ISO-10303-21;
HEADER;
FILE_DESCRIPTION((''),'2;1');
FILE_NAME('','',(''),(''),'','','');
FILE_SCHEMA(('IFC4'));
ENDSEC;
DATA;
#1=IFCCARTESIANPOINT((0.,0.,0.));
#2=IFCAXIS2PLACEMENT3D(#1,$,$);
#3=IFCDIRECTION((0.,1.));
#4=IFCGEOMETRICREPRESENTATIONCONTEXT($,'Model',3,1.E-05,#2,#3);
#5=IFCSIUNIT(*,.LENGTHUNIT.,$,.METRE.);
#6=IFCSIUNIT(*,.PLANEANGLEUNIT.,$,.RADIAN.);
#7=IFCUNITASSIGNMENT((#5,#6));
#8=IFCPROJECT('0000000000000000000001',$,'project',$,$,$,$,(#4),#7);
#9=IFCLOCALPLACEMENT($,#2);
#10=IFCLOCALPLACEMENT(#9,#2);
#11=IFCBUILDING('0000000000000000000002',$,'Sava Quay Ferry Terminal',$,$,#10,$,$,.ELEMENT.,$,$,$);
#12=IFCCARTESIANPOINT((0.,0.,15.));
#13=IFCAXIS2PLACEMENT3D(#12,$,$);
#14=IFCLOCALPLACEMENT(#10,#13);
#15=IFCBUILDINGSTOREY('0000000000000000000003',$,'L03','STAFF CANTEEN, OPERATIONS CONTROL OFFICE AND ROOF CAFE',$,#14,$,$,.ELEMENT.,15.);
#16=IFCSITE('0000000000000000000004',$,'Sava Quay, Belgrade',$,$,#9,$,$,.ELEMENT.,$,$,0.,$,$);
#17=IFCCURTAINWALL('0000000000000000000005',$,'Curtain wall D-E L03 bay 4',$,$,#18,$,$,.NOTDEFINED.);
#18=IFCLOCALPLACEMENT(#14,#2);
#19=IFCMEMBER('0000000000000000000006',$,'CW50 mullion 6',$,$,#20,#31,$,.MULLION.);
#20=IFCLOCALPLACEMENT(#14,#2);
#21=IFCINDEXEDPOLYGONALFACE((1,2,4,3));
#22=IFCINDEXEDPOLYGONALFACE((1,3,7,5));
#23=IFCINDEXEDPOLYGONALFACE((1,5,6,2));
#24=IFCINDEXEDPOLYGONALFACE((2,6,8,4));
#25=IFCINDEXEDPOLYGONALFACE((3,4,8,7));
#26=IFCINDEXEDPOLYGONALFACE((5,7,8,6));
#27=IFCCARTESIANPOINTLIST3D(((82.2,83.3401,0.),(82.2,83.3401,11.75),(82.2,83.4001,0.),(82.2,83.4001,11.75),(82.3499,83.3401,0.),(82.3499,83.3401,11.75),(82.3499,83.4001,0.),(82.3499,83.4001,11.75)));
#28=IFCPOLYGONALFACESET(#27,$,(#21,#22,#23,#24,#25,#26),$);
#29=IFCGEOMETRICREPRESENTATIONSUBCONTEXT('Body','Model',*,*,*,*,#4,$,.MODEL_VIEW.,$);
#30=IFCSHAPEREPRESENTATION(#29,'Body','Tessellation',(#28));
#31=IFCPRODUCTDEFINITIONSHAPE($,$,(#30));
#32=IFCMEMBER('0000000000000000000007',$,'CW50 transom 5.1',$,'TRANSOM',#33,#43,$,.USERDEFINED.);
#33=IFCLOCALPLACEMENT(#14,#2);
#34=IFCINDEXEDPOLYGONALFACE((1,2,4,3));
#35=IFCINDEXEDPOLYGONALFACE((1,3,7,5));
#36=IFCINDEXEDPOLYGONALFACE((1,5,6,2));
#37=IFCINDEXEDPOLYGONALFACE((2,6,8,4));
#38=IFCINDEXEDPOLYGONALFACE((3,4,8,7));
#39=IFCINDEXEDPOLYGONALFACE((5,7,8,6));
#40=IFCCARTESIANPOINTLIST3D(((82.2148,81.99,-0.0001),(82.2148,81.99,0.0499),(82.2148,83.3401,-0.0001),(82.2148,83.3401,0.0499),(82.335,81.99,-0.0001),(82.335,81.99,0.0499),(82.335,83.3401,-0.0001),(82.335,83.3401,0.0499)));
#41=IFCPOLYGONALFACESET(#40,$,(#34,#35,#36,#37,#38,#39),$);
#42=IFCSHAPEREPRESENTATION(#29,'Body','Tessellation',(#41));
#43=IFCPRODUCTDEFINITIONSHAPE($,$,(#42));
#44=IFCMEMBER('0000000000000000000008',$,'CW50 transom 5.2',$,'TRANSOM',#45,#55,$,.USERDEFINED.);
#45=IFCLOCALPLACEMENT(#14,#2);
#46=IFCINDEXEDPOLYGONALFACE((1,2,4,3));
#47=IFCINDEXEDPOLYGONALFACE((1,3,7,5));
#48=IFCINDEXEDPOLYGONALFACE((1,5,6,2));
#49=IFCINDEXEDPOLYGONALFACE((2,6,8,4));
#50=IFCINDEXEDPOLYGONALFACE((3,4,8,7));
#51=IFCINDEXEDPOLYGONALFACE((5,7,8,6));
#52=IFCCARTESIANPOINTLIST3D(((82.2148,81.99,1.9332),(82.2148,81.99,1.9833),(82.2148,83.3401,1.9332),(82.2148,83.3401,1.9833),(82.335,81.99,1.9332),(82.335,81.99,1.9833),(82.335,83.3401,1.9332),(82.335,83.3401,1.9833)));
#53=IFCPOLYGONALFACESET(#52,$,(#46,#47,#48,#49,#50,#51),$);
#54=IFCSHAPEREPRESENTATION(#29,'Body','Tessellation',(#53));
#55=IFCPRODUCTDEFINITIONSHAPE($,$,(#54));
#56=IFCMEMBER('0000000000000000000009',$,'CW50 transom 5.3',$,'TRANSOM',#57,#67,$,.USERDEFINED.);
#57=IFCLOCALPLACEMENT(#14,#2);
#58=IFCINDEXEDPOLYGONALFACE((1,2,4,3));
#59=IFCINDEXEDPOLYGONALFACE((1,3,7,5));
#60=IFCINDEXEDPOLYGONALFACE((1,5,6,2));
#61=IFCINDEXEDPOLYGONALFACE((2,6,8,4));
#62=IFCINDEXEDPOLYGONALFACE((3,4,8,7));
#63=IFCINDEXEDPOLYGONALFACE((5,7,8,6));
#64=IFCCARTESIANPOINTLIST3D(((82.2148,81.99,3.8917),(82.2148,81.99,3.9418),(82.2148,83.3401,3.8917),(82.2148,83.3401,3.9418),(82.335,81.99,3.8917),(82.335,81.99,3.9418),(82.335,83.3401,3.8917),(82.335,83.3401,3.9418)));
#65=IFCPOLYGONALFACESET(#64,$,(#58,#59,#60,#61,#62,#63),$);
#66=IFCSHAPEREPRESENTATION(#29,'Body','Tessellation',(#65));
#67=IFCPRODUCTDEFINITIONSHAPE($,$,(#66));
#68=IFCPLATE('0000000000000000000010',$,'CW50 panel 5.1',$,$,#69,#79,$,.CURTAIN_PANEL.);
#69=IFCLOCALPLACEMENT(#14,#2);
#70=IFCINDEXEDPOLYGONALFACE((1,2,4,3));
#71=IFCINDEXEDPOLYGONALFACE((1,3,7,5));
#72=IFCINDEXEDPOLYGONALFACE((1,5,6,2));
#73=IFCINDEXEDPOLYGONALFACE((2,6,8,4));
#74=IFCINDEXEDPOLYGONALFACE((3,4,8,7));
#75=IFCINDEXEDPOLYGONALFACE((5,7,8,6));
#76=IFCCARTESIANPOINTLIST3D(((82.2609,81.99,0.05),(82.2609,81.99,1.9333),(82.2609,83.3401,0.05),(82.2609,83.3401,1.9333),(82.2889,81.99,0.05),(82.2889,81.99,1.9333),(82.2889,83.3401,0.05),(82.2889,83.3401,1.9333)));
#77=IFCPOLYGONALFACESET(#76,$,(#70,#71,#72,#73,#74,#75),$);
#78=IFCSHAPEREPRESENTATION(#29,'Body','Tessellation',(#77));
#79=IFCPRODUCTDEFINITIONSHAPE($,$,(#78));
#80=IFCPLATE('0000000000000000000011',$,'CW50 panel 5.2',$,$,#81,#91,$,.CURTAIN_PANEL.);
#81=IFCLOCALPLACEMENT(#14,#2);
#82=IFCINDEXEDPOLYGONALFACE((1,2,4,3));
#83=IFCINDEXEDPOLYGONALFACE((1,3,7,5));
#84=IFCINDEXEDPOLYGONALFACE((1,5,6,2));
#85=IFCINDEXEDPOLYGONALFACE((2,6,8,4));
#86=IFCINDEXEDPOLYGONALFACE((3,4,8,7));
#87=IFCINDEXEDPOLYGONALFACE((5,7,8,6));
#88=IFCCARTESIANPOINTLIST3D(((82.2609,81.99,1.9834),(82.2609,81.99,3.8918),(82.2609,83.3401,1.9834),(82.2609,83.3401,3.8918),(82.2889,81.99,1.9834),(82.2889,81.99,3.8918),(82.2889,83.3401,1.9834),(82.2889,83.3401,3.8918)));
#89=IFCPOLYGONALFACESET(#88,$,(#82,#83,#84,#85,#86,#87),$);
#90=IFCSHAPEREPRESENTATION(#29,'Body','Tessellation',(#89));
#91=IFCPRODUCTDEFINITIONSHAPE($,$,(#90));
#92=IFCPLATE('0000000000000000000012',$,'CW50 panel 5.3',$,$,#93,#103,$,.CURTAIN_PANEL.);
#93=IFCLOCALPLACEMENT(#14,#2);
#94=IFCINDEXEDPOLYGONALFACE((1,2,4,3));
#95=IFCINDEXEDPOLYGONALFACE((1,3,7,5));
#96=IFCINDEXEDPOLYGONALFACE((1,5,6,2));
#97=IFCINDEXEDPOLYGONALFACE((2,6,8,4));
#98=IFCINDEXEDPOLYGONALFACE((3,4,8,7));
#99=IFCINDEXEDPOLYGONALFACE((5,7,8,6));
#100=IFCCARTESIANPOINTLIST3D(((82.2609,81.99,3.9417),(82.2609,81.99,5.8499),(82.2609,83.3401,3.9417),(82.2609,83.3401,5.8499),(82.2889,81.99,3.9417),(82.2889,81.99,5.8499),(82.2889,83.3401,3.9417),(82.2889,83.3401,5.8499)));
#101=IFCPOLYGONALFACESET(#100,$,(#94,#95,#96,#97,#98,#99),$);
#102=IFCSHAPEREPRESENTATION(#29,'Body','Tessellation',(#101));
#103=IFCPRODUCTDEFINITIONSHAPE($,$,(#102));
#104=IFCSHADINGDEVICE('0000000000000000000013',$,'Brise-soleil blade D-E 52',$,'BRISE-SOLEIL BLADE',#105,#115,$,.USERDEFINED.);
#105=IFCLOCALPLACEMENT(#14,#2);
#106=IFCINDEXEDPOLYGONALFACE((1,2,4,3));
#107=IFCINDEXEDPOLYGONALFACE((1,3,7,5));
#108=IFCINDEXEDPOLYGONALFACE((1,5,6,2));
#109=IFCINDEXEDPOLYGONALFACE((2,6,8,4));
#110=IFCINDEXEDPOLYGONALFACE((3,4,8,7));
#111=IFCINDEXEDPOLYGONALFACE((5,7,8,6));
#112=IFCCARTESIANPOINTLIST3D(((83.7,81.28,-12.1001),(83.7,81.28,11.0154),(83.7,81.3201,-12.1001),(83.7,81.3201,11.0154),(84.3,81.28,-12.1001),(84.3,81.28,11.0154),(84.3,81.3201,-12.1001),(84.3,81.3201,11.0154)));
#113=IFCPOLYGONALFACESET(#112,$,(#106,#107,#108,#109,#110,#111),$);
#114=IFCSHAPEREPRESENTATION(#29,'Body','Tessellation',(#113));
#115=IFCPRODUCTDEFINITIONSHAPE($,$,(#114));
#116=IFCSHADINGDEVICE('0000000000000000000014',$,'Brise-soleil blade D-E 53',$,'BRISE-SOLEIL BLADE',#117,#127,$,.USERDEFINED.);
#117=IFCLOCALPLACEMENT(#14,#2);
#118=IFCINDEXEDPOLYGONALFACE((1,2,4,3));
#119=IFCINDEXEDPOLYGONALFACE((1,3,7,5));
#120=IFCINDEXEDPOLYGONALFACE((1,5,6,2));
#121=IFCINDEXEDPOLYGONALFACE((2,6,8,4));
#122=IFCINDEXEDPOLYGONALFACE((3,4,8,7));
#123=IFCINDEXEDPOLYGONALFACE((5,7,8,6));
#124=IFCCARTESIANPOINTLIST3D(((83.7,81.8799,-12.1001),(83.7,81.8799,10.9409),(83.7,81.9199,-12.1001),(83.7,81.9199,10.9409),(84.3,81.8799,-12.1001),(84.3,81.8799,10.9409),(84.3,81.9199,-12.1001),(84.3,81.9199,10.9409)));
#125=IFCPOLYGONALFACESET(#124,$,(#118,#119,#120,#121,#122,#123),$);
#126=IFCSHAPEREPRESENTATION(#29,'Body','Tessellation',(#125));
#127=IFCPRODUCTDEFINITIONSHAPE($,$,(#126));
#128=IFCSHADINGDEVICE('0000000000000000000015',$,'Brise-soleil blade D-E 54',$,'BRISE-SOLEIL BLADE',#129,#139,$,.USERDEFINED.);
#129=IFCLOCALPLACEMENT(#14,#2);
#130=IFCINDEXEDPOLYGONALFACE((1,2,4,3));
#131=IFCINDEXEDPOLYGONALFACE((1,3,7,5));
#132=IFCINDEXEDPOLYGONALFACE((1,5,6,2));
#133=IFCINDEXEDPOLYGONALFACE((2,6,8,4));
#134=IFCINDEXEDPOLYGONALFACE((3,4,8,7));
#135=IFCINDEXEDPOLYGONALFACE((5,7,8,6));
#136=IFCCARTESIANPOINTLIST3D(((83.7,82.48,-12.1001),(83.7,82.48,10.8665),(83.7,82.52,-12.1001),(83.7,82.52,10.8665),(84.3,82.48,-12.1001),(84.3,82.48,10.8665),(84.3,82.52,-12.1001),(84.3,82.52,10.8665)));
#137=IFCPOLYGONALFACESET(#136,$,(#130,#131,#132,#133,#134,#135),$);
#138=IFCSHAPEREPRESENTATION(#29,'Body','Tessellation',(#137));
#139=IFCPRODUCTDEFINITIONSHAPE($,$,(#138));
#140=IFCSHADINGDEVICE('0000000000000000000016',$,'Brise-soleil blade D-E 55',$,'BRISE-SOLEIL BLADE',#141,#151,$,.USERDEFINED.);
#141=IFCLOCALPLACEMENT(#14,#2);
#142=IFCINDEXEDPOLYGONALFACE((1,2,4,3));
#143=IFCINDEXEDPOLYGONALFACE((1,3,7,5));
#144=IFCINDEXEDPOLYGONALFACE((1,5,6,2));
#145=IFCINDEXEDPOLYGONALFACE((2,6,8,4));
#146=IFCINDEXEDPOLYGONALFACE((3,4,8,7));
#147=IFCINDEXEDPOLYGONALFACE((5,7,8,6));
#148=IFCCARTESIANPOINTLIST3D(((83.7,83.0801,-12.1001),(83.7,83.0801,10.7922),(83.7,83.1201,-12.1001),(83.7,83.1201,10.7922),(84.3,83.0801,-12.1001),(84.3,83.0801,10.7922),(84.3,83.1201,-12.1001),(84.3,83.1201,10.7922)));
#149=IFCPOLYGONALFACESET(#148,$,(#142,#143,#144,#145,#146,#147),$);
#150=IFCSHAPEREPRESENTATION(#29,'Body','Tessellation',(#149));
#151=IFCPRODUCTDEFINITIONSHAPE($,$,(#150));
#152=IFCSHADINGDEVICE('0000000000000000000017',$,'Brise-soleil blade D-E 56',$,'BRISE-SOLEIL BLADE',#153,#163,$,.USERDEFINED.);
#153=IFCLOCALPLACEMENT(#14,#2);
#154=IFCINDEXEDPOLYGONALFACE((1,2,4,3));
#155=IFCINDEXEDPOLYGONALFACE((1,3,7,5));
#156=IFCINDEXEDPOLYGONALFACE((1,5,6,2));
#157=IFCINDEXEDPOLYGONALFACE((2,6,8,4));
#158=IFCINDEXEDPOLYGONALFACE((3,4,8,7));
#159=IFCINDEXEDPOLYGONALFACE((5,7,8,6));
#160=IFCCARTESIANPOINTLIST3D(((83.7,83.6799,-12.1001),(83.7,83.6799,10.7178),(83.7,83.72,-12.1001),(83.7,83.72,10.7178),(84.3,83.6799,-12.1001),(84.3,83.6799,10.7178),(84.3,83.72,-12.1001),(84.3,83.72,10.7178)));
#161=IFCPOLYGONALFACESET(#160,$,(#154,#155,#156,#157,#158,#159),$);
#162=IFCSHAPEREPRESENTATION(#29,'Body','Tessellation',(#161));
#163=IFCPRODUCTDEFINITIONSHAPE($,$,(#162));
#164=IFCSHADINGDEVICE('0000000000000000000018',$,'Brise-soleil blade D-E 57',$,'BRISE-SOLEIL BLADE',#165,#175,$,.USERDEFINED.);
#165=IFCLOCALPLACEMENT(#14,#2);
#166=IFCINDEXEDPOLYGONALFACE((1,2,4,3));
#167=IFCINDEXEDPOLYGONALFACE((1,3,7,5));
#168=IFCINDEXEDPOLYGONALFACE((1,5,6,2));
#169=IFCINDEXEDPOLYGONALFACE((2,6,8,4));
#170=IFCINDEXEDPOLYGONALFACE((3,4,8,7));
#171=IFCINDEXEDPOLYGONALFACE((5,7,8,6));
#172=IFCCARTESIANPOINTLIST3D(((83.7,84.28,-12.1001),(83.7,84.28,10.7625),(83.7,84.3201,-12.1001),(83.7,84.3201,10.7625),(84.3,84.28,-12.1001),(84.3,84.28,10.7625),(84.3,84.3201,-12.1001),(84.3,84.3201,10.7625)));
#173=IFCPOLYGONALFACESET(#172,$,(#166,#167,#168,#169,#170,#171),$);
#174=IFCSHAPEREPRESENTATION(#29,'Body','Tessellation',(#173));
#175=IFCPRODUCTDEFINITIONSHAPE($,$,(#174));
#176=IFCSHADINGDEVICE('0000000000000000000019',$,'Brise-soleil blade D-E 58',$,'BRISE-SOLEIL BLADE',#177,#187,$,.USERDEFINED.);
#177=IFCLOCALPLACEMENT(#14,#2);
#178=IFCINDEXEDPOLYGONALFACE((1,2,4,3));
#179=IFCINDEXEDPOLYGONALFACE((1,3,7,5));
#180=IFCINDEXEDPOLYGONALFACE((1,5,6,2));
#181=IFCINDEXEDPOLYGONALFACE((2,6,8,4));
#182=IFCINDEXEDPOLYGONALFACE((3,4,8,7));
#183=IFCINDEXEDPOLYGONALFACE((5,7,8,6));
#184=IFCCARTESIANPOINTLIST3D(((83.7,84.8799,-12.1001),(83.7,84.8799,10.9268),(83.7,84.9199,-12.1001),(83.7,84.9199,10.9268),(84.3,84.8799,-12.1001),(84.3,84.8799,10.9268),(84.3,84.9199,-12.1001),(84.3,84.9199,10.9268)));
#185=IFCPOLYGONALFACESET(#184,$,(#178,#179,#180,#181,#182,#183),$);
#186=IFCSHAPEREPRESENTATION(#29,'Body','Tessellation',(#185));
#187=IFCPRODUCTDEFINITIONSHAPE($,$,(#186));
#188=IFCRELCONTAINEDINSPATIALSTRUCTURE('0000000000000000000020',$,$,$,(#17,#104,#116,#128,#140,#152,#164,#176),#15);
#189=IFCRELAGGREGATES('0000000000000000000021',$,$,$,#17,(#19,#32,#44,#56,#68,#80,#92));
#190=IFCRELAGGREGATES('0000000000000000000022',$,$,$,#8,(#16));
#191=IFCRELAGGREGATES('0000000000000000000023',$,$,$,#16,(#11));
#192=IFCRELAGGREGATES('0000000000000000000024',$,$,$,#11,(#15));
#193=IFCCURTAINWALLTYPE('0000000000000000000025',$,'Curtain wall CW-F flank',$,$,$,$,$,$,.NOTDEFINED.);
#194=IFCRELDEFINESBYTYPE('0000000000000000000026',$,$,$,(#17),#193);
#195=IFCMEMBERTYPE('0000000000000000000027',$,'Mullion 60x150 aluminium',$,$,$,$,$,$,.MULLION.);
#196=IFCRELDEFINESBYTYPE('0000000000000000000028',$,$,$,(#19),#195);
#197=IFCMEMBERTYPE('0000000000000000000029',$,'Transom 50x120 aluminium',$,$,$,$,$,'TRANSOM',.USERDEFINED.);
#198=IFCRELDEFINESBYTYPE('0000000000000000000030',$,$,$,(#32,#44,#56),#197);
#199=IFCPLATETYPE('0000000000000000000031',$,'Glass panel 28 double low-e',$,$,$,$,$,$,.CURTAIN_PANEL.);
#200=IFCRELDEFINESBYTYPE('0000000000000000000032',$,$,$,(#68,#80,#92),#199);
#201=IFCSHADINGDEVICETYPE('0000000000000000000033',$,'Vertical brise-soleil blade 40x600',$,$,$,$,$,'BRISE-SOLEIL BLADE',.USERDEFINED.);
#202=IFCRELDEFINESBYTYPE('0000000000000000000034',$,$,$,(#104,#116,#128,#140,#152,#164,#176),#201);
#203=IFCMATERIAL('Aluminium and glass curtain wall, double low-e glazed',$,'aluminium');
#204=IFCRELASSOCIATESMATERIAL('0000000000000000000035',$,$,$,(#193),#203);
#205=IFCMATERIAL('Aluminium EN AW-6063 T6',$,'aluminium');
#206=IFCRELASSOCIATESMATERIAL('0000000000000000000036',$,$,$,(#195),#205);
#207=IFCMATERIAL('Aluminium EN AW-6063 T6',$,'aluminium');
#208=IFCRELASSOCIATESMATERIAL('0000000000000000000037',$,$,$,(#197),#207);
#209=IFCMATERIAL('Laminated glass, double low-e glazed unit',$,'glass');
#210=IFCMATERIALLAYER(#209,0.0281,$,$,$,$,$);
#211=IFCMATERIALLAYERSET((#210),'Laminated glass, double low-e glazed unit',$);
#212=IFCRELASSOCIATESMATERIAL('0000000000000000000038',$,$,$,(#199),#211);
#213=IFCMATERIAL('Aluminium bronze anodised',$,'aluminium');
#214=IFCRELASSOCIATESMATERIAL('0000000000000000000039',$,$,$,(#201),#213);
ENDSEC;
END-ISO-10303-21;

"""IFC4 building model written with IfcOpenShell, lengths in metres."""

from ifc_helpers import new_model, si_unit, direction, frame, origin, origin_2d, place, context, subcontext, project, spatial, rectangle, extrude, material, layer, layer_set, material_profile, profile_set, type_object, element, aggregate, save


model = new_model("IFC4")

# Units and contexts
model_context = context("Model", 3, precision=1e-05, world=origin(), true_north=direction((0.0, 1.0)))
body_context = subcontext(model_context, "Body", "Model", "MODEL_VIEW")
ifc_project = project(units=[si_unit("LENGTHUNIT", "METRE"), si_unit("PLANEANGLEUNIT", "RADIAN")], contexts=[model_context])

# Site, building, storey
site_placement = place(None, origin())
site = spatial("IfcSite", under=ifc_project, at=site_placement, Name="Sava Quay, Belgrade", CompositionType="ELEMENT", RefElevation=0.0)
building_placement = place(site_placement, origin())
building = spatial("IfcBuilding", under=site, at=building_placement, Name="Sava Quay Ferry Terminal", CompositionType="ELEMENT")
storey_placement = place(building_placement, frame((0.0, 0.0, 15.0)))
storey = spatial("IfcBuildingStorey", under=building, at=storey_placement, Name="L03", Description="STAFF CANTEEN, OPERATIONS CONTROL OFFICE AND ROOF CAFE", CompositionType="ELEMENT", Elevation=15.0)

# Curtain wall, members, plates
ifc_material_1 = material(Name="Aluminium and glass curtain wall, double low-e glazed", Category="aluminium")
curtain_wall_type = type_object("IfcCurtainWallType", Name="Curtain wall CW-F flank", PredefinedType="NOTDEFINED", material=ifc_material_1)
curtain_wall_placement = place(storey_placement, origin())
curtain_wall = element("IfcCurtainWall", 1, at=curtain_wall_placement, inside=storey, type_object=curtain_wall_type, Name="Curtain wall D-E L03 bay 4", PredefinedType="NOTDEFINED")
ifc_material_2 = material(Name="Aluminium EN AW-6063 T6", Category="aluminium")
ifc_material_profile_1 = material_profile(ifc_material_2, rectangle(XDim=0.1499, YDim=0.0601, at=origin_2d()), Name="Mullion 60x150 aluminium")
ifc_profile_set_1 = profile_set([ifc_material_profile_1], Name="Aluminium EN AW-6063 T6")
member_type_1 = type_object("IfcMemberType", Name="Mullion 60x150 aluminium", PredefinedType="MULLION", material=ifc_profile_set_1)
member_1_placement = place(storey_placement, frame((82.2749, 83.3701, 0.0), z_axis=(0.0, 0.0, 1.0), x_axis=(-1.0, 0.0, 0.0)))
member_1 = element("IfcMember", 2, at=member_1_placement, type_object=member_type_1, Name="CW50 mullion 6", PredefinedType="MULLION", context=body_context, shape_type="SweptSolid", body=[
    extrude(rectangle(XDim=0.1499, YDim=0.0601, at=origin_2d()), origin(), (0.0, 0.0, 1.0), 11.75),
])
ifc_material_3 = material(Name="Aluminium EN AW-6063 T6", Category="aluminium")
ifc_material_profile_2 = material_profile(ifc_material_3, rectangle(XDim=0.1201, YDim=0.05, at=origin_2d()), Name="Transom 50x120 aluminium")
ifc_profile_set_2 = profile_set([ifc_material_profile_2], Name="Aluminium EN AW-6063 T6")
member_type_2 = type_object("IfcMemberType", Name="Transom 50x120 aluminium", ElementType="TRANSOM", PredefinedType="USERDEFINED", material=ifc_profile_set_2)
member_2_placement = place(storey_placement, frame((82.2749, 81.99, 0.0249), z_axis=(0.0, 1.0, 0.0), x_axis=(-1.0, 0.0, 0.0)))
member_2 = element("IfcMember", 3, at=member_2_placement, type_object=member_type_2, Name="CW50 transom 5.1", ObjectType="TRANSOM", PredefinedType="USERDEFINED", context=body_context, shape_type="SweptSolid", body=[
    extrude(rectangle(XDim=0.1201, YDim=0.05, at=origin_2d()), origin(), (0.0, 0.0, 1.0), 1.3501),
])
member_3_placement = place(storey_placement, frame((82.2749, 81.99, 1.9583), z_axis=(0.0, 1.0, 0.0), x_axis=(-1.0, 0.0, 0.0)))
member_3 = element("IfcMember", 4, at=member_3_placement, type_object=member_type_2, Name="CW50 transom 5.2", ObjectType="TRANSOM", PredefinedType="USERDEFINED", context=body_context, shape_type="SweptSolid", body=[
    extrude(rectangle(XDim=0.1201, YDim=0.05, at=origin_2d()), origin(), (0.0, 0.0, 1.0), 1.3501),
])
member_4_placement = place(storey_placement, frame((82.2749, 81.99, 3.9167), z_axis=(0.0, 1.0, 0.0), x_axis=(-1.0, 0.0, 0.0)))
member_4 = element("IfcMember", 5, at=member_4_placement, type_object=member_type_2, Name="CW50 transom 5.3", ObjectType="TRANSOM", PredefinedType="USERDEFINED", context=body_context, shape_type="SweptSolid", body=[
    extrude(rectangle(XDim=0.1201, YDim=0.05, at=origin_2d()), origin(), (0.0, 0.0, 1.0), 1.3501),
])
ifc_material_4 = material(Name="Laminated glass, double low-e glazed unit", Category="glass")
ifc_layer = layer(ifc_material_4, 0.0281)
ifc_layer_set = layer_set([ifc_layer], Name="Laminated glass, double low-e glazed unit")
plate_type = type_object("IfcPlateType", Name="Glass panel 28 double low-e", PredefinedType="CURTAIN_PANEL", material=ifc_layer_set)
plate_1_placement = place(storey_placement, frame((82.2749, 82.665, 0.05), z_axis=(0.0, 0.0, 1.0), x_axis=(0.0, 1.0, 0.0)))
plate_1 = element("IfcPlate", 6, at=plate_1_placement, type_object=plate_type, Name="CW50 panel 5.1", PredefinedType="CURTAIN_PANEL", context=body_context, shape_type="SweptSolid", body=[
    extrude(rectangle(XDim=1.3501, YDim=0.0281, at=origin_2d()), origin(), (0.0, 0.0, 1.0), 1.8833),
])
plate_2_placement = place(storey_placement, frame((82.2749, 82.665, 1.9834), z_axis=(0.0, 0.0, 1.0), x_axis=(0.0, 1.0, 0.0)))
plate_2 = element("IfcPlate", 7, at=plate_2_placement, type_object=plate_type, Name="CW50 panel 5.2", PredefinedType="CURTAIN_PANEL", context=body_context, shape_type="SweptSolid", body=[
    extrude(rectangle(XDim=1.3501, YDim=0.0281, at=origin_2d()), origin(), (0.0, 0.0, 1.0), 1.9084),
])
plate_3_placement = place(storey_placement, frame((82.2749, 82.665, 3.9417), z_axis=(0.0, 0.0, 1.0), x_axis=(0.0, 1.0, 0.0)))
plate_3 = element("IfcPlate", 8, at=plate_3_placement, type_object=plate_type, Name="CW50 panel 5.3", PredefinedType="CURTAIN_PANEL", context=body_context, shape_type="SweptSolid", body=[
    extrude(rectangle(XDim=1.3501, YDim=0.0281, at=origin_2d()), origin(), (0.0, 0.0, 1.0), 1.9082),
])
aggregate(curtain_wall, [member_1, member_2, member_3, member_4, plate_1, plate_2, plate_3])

# Shading devices
ifc_material_5 = material(Name="Aluminium bronze anodised", Category="aluminium")
ifc_material_profile_3 = material_profile(ifc_material_5, rectangle(XDim=0.04, YDim=0.6001, at=origin_2d()), Name="Vertical brise-soleil blade 40x600")
ifc_profile_set_3 = profile_set([ifc_material_profile_3], Name="Aluminium bronze anodised")
shading_device_type = type_object("IfcShadingDeviceType", Name="Vertical brise-soleil blade 40x600", ElementType="BRISE-SOLEIL BLADE", PredefinedType="USERDEFINED", material=ifc_profile_set_3)
shading_device_1_placement = place(storey_placement, frame((84.0, 81.3, -12.1001), z_axis=(0.0, 0.0, 1.0), x_axis=(0.0, 1.0, 0.0)))
element("IfcShadingDevice", 9, at=shading_device_1_placement, inside=storey, type_object=shading_device_type, Name="Brise-soleil blade D-E 52", ObjectType="BRISE-SOLEIL BLADE", PredefinedType="USERDEFINED", context=body_context, shape_type="SweptSolid", body=[
    extrude(rectangle(XDim=0.04, YDim=0.6001, at=origin_2d()), origin(), (0.0, 0.0, 1.0), 23.1155),
])
shading_device_2_placement = place(storey_placement, frame((84.0, 81.8999, -12.1001), z_axis=(0.0, 0.0, 1.0), x_axis=(0.0, 1.0, 0.0)))
element("IfcShadingDevice", 10, at=shading_device_2_placement, inside=storey, type_object=shading_device_type, Name="Brise-soleil blade D-E 53", ObjectType="BRISE-SOLEIL BLADE", PredefinedType="USERDEFINED", context=body_context, shape_type="SweptSolid", body=[
    extrude(rectangle(XDim=0.04, YDim=0.6001, at=origin_2d()), origin(), (0.0, 0.0, 1.0), 23.041),
])
shading_device_3_placement = place(storey_placement, frame((84.0, 82.5, -12.1001), z_axis=(0.0, 0.0, 1.0), x_axis=(0.0, 1.0, 0.0)))
element("IfcShadingDevice", 11, at=shading_device_3_placement, inside=storey, type_object=shading_device_type, Name="Brise-soleil blade D-E 54", ObjectType="BRISE-SOLEIL BLADE", PredefinedType="USERDEFINED", context=body_context, shape_type="SweptSolid", body=[
    extrude(rectangle(XDim=0.04, YDim=0.6001, at=origin_2d()), origin(), (0.0, 0.0, 1.0), 22.9666),
])
shading_device_4_placement = place(storey_placement, frame((84.0, 83.1001, -12.1001), z_axis=(0.0, 0.0, 1.0), x_axis=(0.0, 1.0, 0.0)))
element("IfcShadingDevice", 12, at=shading_device_4_placement, inside=storey, type_object=shading_device_type, Name="Brise-soleil blade D-E 55", ObjectType="BRISE-SOLEIL BLADE", PredefinedType="USERDEFINED", context=body_context, shape_type="SweptSolid", body=[
    extrude(rectangle(XDim=0.04, YDim=0.6001, at=origin_2d()), origin(), (0.0, 0.0, 1.0), 22.8923),
])
shading_device_5_placement = place(storey_placement, frame((84.0, 83.7, -12.1001), z_axis=(0.0, 0.0, 1.0), x_axis=(0.0, 1.0, 0.0)))
element("IfcShadingDevice", 13, at=shading_device_5_placement, inside=storey, type_object=shading_device_type, Name="Brise-soleil blade D-E 56", ObjectType="BRISE-SOLEIL BLADE", PredefinedType="USERDEFINED", context=body_context, shape_type="SweptSolid", body=[
    extrude(rectangle(XDim=0.04, YDim=0.6001, at=origin_2d()), origin(), (0.0, 0.0, 1.0), 22.8179),
])
shading_device_6_placement = place(storey_placement, frame((84.0, 84.3, -12.1001), z_axis=(0.0, 0.0, 1.0), x_axis=(0.0, 1.0, 0.0)))
element("IfcShadingDevice", 14, at=shading_device_6_placement, inside=storey, type_object=shading_device_type, Name="Brise-soleil blade D-E 57", ObjectType="BRISE-SOLEIL BLADE", PredefinedType="USERDEFINED", context=body_context, shape_type="SweptSolid", body=[
    extrude(rectangle(XDim=0.04, YDim=0.6001, at=origin_2d()), origin(), (0.0, 0.0, 1.0), 22.8625),
])
shading_device_7_placement = place(storey_placement, frame((84.0, 84.8999, -12.1001), z_axis=(0.0, 0.0, 1.0), x_axis=(0.0, 1.0, 0.0)))
element("IfcShadingDevice", 15, at=shading_device_7_placement, inside=storey, type_object=shading_device_type, Name="Brise-soleil blade D-E 58", ObjectType="BRISE-SOLEIL BLADE", PredefinedType="USERDEFINED", context=body_context, shape_type="SweptSolid", body=[
    extrude(rectangle(XDim=0.04, YDim=0.6001, at=origin_2d()), origin(), (0.0, 0.0, 1.0), 23.0269),
])

save(model, "model.ifc")
